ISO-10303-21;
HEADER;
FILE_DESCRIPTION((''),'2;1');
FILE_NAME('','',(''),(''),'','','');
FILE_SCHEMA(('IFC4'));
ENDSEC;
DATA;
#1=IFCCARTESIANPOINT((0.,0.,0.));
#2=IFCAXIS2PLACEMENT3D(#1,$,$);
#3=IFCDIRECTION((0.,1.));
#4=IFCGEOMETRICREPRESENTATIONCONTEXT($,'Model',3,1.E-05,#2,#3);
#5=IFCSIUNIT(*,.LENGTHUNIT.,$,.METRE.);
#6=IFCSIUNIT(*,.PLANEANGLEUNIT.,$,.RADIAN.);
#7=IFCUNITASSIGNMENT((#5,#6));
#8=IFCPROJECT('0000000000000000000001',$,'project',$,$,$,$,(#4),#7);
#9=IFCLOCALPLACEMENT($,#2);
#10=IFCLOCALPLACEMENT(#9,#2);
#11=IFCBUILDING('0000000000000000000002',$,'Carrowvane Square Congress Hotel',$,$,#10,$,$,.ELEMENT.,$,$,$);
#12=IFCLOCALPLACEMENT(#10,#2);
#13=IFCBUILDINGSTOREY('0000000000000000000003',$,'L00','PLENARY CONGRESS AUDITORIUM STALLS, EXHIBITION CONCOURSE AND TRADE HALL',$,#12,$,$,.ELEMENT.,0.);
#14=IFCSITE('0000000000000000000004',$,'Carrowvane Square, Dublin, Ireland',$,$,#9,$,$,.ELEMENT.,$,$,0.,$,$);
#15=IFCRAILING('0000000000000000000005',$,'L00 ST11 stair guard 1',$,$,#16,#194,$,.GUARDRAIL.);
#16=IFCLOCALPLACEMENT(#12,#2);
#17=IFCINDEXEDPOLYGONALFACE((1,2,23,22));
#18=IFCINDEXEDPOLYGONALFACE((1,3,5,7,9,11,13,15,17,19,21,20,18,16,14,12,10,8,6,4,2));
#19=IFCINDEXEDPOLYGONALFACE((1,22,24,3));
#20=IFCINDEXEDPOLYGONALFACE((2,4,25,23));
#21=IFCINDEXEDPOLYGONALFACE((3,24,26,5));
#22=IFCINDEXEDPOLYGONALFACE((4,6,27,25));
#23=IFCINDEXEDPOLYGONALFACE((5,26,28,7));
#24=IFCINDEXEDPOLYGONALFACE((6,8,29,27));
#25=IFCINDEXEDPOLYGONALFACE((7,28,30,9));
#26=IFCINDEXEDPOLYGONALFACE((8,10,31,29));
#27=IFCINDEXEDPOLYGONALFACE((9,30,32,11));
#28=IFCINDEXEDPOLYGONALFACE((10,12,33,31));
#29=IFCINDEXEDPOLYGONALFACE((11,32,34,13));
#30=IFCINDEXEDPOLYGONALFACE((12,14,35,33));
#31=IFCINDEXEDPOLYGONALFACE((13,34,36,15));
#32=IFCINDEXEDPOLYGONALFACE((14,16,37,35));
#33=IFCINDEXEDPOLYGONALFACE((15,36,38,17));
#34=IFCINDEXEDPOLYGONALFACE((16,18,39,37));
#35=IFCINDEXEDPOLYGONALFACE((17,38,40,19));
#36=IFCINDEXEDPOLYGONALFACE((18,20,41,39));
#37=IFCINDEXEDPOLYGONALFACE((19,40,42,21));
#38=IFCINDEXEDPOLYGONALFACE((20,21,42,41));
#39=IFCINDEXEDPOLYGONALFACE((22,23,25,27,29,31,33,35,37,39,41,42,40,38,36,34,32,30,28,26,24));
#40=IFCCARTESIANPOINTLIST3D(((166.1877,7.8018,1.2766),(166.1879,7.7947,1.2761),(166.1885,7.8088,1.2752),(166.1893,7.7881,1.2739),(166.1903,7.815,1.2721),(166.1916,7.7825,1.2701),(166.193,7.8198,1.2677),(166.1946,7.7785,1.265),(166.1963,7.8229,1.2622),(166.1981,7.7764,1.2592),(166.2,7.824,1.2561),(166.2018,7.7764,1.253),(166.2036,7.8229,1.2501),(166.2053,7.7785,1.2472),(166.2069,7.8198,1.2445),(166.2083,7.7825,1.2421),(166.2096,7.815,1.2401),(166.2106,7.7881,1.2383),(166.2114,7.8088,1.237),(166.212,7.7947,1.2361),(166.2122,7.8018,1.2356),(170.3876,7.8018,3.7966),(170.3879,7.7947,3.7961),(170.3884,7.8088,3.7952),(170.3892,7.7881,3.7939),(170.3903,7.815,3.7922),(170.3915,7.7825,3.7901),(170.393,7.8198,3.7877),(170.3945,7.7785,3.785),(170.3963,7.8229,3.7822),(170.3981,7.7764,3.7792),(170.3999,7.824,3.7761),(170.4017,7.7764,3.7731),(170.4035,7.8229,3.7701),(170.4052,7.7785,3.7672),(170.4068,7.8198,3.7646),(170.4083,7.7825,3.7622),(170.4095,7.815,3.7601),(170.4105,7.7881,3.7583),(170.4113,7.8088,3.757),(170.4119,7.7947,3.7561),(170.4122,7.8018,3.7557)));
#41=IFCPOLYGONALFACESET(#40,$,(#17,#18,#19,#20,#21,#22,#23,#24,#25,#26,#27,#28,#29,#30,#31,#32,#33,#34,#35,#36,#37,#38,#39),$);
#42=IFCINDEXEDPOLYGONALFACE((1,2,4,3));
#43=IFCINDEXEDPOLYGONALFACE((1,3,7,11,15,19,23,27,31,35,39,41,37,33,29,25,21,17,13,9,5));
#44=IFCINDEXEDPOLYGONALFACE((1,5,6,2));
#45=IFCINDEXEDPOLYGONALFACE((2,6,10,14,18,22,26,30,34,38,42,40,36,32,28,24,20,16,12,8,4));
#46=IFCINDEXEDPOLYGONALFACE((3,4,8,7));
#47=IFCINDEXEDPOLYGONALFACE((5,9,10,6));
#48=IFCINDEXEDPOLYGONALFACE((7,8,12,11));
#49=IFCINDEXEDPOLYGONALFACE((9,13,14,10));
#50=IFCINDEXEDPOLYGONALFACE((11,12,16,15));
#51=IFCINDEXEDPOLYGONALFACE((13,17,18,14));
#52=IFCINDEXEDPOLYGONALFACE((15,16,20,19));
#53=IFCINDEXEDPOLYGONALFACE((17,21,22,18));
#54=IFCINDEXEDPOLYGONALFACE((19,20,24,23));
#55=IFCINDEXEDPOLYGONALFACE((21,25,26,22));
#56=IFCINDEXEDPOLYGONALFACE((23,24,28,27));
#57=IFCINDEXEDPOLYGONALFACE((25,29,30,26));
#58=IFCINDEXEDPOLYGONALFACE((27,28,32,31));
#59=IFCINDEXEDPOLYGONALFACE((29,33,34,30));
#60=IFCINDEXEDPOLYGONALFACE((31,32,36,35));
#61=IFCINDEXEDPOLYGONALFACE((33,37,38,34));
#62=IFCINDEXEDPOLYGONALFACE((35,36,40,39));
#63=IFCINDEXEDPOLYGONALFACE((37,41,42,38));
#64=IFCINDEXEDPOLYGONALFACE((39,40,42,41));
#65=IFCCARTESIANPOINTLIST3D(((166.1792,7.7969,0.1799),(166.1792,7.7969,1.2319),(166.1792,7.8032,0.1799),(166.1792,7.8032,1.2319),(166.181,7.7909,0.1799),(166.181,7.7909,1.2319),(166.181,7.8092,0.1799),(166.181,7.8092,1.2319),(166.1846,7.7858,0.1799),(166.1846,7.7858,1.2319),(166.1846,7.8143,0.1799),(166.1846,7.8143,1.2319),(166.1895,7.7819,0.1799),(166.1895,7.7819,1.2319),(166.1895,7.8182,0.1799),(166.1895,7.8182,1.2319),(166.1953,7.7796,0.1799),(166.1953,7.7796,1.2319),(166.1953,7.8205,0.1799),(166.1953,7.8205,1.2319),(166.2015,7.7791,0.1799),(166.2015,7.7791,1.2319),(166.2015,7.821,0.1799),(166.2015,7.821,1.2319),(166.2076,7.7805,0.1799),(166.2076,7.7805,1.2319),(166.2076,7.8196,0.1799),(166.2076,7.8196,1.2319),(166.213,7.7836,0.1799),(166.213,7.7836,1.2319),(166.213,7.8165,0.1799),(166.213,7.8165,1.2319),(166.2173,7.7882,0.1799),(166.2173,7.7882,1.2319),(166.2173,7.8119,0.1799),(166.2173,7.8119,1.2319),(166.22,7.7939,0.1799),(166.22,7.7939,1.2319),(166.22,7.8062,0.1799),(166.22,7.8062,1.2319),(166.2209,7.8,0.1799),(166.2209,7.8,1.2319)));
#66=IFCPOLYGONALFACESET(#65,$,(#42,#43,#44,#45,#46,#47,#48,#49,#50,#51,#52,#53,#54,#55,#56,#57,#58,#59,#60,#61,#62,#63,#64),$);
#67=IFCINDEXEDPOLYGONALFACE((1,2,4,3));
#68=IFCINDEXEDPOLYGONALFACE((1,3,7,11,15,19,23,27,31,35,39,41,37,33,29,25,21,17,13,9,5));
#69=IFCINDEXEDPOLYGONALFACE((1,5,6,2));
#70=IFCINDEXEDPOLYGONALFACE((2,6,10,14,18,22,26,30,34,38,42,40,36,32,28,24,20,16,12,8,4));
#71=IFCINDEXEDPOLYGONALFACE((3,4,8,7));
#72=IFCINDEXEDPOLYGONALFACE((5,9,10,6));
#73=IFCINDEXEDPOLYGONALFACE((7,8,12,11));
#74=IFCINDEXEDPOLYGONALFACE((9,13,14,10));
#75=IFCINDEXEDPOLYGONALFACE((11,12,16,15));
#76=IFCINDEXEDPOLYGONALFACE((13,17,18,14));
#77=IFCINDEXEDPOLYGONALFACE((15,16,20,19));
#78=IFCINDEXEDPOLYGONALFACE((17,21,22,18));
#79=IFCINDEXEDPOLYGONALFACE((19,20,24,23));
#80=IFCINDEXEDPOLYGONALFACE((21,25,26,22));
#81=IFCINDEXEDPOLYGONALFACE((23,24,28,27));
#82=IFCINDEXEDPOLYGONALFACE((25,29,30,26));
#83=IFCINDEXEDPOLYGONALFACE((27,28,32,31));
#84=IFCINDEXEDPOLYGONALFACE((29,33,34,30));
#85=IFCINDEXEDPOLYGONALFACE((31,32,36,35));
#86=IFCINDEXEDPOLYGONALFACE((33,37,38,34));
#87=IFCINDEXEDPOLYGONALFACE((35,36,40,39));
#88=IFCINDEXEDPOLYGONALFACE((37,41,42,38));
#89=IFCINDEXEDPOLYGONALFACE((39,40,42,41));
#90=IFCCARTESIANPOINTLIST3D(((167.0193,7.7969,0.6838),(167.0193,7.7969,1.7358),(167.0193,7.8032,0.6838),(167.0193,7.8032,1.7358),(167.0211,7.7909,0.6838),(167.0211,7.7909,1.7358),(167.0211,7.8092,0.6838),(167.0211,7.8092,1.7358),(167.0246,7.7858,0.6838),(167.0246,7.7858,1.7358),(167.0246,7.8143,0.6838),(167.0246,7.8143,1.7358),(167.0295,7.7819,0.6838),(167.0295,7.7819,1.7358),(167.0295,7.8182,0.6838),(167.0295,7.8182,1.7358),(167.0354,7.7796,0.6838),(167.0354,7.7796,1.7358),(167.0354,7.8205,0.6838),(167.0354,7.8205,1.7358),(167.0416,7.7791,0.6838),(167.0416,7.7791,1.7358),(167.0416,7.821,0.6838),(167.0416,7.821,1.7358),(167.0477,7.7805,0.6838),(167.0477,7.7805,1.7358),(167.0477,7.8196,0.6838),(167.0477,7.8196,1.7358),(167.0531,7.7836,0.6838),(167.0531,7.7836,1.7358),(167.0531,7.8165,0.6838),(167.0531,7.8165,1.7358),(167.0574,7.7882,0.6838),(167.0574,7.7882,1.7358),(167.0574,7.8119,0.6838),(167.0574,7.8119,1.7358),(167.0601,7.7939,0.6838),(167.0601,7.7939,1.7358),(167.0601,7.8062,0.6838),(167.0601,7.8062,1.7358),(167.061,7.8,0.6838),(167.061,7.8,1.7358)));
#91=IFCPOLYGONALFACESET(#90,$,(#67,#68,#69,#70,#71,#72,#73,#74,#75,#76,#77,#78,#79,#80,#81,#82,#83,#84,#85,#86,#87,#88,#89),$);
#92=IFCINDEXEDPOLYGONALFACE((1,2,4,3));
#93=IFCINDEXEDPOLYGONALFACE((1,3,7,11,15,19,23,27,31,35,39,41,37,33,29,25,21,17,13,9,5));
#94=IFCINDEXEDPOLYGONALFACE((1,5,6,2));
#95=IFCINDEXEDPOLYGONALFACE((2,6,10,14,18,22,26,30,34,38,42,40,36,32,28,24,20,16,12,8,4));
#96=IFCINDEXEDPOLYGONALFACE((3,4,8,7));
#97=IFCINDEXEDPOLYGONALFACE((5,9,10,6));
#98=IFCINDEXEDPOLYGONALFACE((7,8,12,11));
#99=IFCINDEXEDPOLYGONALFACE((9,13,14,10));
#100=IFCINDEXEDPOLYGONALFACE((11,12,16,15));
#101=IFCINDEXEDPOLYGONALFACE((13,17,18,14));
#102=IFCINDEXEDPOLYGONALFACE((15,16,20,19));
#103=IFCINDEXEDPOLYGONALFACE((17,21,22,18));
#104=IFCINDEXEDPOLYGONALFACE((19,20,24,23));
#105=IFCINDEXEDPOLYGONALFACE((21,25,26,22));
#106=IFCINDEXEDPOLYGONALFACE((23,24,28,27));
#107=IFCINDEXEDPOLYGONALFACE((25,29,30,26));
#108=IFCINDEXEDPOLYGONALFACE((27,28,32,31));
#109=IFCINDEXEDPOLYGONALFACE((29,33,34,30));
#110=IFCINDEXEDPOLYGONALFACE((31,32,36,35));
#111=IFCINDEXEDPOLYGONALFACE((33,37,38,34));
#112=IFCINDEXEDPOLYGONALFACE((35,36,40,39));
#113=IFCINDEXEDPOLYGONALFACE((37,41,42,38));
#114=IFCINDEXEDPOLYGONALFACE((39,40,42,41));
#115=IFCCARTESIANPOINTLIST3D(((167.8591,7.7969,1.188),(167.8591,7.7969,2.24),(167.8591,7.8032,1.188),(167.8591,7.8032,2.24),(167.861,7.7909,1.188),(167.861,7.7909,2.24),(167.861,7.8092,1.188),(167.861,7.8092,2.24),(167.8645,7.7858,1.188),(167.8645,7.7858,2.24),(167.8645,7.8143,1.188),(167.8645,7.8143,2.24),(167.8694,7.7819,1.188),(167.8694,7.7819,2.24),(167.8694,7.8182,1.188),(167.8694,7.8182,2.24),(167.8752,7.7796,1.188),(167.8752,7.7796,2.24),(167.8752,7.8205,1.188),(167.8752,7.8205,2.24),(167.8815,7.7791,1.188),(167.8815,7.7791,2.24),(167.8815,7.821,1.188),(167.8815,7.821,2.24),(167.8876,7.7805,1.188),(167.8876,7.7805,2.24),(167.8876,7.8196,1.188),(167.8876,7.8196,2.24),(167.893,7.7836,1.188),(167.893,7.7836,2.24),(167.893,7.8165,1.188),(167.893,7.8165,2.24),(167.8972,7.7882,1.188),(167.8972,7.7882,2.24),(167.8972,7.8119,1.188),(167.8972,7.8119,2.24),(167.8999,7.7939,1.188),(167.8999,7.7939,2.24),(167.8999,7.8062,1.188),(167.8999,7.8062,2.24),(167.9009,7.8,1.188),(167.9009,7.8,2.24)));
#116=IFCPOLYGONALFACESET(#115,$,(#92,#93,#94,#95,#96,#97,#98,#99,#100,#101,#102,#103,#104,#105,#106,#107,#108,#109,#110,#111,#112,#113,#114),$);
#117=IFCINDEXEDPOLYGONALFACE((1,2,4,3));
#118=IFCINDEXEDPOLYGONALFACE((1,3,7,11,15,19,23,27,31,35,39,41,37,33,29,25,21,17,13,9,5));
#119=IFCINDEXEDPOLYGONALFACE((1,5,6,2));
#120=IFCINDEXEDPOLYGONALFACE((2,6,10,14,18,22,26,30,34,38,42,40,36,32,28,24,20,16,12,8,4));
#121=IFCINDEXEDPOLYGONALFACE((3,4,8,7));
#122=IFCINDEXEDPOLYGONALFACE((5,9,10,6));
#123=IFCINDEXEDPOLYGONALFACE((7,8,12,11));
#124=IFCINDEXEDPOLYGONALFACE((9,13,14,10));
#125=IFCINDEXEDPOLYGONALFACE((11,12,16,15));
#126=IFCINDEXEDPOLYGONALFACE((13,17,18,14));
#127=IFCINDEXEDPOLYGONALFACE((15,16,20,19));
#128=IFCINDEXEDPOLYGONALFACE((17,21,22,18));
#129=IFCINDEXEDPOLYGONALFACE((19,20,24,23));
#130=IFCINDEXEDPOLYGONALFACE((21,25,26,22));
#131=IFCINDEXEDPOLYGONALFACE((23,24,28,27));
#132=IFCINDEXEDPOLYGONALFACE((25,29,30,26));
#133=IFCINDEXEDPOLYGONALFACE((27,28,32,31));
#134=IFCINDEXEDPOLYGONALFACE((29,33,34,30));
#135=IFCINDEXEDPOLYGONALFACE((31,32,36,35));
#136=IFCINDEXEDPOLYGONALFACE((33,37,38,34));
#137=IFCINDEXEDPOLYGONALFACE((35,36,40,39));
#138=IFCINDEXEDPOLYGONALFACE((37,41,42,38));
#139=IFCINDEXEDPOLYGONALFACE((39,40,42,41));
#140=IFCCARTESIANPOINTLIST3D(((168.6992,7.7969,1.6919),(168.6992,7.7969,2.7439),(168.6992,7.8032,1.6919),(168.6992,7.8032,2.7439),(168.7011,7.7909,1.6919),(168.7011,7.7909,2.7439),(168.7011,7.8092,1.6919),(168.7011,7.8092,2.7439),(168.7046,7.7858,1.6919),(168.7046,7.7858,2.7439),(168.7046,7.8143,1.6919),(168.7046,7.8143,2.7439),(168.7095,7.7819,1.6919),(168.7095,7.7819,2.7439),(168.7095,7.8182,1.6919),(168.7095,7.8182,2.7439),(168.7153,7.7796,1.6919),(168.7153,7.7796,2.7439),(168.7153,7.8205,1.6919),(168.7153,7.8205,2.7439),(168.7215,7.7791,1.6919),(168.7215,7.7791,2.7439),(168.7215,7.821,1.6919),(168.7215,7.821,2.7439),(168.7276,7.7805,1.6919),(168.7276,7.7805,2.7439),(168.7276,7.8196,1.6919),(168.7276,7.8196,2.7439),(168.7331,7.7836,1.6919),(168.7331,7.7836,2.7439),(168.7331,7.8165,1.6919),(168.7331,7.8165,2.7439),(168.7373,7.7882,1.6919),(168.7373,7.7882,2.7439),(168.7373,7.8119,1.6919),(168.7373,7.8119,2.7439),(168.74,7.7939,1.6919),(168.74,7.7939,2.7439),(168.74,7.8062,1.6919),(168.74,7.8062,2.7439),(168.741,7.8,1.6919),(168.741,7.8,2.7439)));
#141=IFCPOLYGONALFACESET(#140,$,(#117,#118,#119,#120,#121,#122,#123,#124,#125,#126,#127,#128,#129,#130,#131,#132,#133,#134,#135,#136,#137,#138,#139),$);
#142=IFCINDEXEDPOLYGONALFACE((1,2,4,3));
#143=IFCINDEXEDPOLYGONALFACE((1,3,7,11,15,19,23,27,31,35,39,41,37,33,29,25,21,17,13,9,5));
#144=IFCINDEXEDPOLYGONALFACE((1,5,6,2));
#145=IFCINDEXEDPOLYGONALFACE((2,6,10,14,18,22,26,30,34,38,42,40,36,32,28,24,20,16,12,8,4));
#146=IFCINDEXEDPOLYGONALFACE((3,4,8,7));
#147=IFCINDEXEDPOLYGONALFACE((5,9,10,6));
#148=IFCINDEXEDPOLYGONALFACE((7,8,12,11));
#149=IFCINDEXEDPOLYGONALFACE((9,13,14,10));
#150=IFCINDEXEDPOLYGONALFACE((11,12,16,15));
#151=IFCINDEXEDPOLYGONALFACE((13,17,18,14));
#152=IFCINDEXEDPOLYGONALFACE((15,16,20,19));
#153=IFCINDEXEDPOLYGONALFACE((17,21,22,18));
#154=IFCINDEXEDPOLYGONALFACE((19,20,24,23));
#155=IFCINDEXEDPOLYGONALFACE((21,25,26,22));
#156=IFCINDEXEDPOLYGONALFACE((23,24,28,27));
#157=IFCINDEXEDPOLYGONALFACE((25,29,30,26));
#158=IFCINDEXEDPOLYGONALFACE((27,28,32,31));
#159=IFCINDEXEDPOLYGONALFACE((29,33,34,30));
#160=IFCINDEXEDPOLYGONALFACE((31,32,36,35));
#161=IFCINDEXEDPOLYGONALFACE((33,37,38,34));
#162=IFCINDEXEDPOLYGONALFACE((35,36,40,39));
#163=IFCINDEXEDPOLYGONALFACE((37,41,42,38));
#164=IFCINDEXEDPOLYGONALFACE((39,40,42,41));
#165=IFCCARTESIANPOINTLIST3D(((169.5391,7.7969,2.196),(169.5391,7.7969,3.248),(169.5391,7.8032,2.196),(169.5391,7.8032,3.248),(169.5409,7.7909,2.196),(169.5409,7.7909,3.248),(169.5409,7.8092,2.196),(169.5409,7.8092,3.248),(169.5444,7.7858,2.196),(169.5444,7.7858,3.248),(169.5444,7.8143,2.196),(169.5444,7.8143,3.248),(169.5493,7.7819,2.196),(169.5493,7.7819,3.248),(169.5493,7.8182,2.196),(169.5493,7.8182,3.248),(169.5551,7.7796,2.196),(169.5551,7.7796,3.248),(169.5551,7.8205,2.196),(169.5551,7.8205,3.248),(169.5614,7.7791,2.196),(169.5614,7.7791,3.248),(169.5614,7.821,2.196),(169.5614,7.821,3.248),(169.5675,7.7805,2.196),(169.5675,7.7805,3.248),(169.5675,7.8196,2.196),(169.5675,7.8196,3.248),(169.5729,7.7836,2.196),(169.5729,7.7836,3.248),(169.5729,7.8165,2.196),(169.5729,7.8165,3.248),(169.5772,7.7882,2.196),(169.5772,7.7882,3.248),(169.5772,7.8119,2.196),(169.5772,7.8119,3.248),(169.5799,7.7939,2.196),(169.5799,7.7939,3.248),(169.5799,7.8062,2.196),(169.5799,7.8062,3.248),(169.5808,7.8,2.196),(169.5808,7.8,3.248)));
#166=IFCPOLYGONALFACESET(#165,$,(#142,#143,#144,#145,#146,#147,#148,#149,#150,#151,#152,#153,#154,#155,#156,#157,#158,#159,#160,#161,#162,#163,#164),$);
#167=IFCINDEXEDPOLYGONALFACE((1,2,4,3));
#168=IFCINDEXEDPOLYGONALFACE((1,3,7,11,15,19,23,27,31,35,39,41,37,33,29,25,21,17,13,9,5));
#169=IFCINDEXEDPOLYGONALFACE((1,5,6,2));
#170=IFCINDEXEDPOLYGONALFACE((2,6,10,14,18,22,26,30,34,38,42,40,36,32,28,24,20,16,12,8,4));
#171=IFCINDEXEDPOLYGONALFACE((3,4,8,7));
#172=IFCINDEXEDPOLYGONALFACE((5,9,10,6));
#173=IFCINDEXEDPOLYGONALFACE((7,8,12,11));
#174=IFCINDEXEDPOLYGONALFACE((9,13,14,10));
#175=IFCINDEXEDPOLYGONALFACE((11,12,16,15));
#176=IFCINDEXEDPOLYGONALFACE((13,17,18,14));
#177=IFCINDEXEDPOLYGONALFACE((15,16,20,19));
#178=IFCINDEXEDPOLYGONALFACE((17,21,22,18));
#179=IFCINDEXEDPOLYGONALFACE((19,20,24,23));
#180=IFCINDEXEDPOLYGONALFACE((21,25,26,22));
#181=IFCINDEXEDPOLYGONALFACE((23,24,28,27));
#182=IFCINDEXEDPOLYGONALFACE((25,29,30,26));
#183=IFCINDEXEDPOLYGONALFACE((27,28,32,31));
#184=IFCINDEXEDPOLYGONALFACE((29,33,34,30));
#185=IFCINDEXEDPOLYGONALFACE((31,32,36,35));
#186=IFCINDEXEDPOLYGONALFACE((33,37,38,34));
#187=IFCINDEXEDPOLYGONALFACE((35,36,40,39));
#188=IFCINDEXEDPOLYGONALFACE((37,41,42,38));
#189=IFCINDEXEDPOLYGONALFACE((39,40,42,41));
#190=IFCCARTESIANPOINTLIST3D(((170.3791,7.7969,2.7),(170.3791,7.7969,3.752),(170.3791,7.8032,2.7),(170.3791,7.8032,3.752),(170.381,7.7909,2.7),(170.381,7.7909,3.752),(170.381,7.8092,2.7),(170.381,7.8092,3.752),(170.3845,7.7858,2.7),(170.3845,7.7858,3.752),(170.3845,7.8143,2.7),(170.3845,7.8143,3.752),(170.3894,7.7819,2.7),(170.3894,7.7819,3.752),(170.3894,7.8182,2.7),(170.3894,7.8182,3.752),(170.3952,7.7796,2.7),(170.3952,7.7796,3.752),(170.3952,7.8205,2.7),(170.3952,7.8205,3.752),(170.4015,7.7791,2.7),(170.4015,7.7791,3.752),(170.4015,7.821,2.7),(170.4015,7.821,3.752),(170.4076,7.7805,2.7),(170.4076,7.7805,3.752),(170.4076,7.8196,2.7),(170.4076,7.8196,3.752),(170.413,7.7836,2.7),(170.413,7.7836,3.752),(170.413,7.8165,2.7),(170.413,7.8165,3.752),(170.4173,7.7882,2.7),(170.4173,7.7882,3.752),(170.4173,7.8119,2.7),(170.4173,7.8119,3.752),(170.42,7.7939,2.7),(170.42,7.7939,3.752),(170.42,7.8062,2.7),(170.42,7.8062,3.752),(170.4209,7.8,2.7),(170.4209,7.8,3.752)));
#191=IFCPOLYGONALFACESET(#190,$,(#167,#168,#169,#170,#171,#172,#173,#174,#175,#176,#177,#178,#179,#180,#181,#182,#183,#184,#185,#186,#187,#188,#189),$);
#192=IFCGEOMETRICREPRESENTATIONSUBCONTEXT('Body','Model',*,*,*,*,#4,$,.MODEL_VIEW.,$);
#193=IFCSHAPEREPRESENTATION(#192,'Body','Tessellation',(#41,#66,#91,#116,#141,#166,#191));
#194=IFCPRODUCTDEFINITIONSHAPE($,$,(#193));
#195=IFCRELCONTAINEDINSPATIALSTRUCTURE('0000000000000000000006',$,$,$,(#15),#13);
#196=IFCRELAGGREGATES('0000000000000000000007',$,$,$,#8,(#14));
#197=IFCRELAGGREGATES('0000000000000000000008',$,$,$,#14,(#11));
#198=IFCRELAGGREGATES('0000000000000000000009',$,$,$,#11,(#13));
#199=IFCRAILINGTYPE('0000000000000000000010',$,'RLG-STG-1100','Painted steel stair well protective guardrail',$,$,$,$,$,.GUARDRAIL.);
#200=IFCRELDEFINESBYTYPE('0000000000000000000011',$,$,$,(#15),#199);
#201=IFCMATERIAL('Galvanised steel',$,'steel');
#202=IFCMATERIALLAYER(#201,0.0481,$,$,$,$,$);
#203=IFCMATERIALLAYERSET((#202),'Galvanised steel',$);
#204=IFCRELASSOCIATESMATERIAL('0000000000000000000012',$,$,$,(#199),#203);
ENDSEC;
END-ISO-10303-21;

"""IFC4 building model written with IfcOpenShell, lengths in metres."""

from ifc_helpers import new_model, si_unit, direction, frame, origin, origin_2d, place, context, subcontext, project, spatial, circle, extrude, material, layer, layer_set, type_object, element, save


model = new_model("IFC4")

# Units and contexts
model_context = context("Model", 3, precision=1e-05, world=origin(), true_north=direction((0.0, 1.0)))
body_context = subcontext(model_context, "Body", "Model", "MODEL_VIEW")
ifc_project = project(units=[si_unit("LENGTHUNIT", "METRE"), si_unit("PLANEANGLEUNIT", "RADIAN")], contexts=[model_context])

# Site, building, storey
site_placement = place(None, origin())
site = spatial("IfcSite", under=ifc_project, at=site_placement, Name="Carrowvane Square, Dublin, Ireland", CompositionType="ELEMENT", RefElevation=0.0)
building_placement = place(site_placement, origin())
building = spatial("IfcBuilding", under=site, at=building_placement, Name="Carrowvane Square Congress Hotel", CompositionType="ELEMENT")
storey_placement = place(building_placement, origin())
storey = spatial("IfcBuildingStorey", under=building, at=storey_placement, Name="L00", Description="PLENARY CONGRESS AUDITORIUM STALLS, EXHIBITION CONCOURSE AND TRADE HALL", CompositionType="ELEMENT", Elevation=0.0)

# Railing
ifc_material_1 = material(Name="Galvanised steel", Category="steel")
ifc_layer_1 = layer(ifc_material_1, 0.0481)
ifc_layer_set_1 = layer_set([ifc_layer_1], Name="Galvanised steel")
railing_type_1 = type_object("IfcRailingType", Name="RLG-STG-1100", Description="Painted steel stair well protective guardrail", PredefinedType="GUARDRAIL", material=ifc_layer_set_1)
railing_1_placement = place(storey_placement, frame((166.2, 7.8, 0.1799)))
element("IfcRailing", 1, at=railing_1_placement, inside=storey, type_object=railing_type_1, Name="L00 ST11 stair guard 1", PredefinedType="GUARDRAIL", context=body_context, shape_type="SweptSolid", body=[
    extrude(circle(Radius=0.0239, at=origin_2d()), frame((0.0, 0.0, 1.0762), z_axis=(0.857489, 0.0, 0.514503), x_axis=(0.0, 1.0, 0.0)), (0.0, 0.0, 1.0), 4.8979),
    extrude(circle(Radius=0.021, at=origin_2d()), origin(), (0.0, 0.0, 1.0), 1.052),
    extrude(circle(Radius=0.021, at=origin_2d()), frame((0.8401, 0.0, 0.5039)), (0.0, 0.0, 1.0), 1.052),
    extrude(circle(Radius=0.021, at=origin_2d()), frame((1.6799, 0.0, 1.0081)), (0.0, 0.0, 1.0), 1.052),
    extrude(circle(Radius=0.021, at=origin_2d()), frame((2.52, 0.0, 1.512)), (0.0, 0.0, 1.0), 1.052),
    extrude(circle(Radius=0.021, at=origin_2d()), frame((3.3599, 0.0, 2.0161)), (0.0, 0.0, 1.0), 1.052),
    extrude(circle(Radius=0.021, at=origin_2d()), frame((4.2, 0.0, 2.52)), (0.0, 0.0, 1.0), 1.052),
])

save(model, "model.ifc")
